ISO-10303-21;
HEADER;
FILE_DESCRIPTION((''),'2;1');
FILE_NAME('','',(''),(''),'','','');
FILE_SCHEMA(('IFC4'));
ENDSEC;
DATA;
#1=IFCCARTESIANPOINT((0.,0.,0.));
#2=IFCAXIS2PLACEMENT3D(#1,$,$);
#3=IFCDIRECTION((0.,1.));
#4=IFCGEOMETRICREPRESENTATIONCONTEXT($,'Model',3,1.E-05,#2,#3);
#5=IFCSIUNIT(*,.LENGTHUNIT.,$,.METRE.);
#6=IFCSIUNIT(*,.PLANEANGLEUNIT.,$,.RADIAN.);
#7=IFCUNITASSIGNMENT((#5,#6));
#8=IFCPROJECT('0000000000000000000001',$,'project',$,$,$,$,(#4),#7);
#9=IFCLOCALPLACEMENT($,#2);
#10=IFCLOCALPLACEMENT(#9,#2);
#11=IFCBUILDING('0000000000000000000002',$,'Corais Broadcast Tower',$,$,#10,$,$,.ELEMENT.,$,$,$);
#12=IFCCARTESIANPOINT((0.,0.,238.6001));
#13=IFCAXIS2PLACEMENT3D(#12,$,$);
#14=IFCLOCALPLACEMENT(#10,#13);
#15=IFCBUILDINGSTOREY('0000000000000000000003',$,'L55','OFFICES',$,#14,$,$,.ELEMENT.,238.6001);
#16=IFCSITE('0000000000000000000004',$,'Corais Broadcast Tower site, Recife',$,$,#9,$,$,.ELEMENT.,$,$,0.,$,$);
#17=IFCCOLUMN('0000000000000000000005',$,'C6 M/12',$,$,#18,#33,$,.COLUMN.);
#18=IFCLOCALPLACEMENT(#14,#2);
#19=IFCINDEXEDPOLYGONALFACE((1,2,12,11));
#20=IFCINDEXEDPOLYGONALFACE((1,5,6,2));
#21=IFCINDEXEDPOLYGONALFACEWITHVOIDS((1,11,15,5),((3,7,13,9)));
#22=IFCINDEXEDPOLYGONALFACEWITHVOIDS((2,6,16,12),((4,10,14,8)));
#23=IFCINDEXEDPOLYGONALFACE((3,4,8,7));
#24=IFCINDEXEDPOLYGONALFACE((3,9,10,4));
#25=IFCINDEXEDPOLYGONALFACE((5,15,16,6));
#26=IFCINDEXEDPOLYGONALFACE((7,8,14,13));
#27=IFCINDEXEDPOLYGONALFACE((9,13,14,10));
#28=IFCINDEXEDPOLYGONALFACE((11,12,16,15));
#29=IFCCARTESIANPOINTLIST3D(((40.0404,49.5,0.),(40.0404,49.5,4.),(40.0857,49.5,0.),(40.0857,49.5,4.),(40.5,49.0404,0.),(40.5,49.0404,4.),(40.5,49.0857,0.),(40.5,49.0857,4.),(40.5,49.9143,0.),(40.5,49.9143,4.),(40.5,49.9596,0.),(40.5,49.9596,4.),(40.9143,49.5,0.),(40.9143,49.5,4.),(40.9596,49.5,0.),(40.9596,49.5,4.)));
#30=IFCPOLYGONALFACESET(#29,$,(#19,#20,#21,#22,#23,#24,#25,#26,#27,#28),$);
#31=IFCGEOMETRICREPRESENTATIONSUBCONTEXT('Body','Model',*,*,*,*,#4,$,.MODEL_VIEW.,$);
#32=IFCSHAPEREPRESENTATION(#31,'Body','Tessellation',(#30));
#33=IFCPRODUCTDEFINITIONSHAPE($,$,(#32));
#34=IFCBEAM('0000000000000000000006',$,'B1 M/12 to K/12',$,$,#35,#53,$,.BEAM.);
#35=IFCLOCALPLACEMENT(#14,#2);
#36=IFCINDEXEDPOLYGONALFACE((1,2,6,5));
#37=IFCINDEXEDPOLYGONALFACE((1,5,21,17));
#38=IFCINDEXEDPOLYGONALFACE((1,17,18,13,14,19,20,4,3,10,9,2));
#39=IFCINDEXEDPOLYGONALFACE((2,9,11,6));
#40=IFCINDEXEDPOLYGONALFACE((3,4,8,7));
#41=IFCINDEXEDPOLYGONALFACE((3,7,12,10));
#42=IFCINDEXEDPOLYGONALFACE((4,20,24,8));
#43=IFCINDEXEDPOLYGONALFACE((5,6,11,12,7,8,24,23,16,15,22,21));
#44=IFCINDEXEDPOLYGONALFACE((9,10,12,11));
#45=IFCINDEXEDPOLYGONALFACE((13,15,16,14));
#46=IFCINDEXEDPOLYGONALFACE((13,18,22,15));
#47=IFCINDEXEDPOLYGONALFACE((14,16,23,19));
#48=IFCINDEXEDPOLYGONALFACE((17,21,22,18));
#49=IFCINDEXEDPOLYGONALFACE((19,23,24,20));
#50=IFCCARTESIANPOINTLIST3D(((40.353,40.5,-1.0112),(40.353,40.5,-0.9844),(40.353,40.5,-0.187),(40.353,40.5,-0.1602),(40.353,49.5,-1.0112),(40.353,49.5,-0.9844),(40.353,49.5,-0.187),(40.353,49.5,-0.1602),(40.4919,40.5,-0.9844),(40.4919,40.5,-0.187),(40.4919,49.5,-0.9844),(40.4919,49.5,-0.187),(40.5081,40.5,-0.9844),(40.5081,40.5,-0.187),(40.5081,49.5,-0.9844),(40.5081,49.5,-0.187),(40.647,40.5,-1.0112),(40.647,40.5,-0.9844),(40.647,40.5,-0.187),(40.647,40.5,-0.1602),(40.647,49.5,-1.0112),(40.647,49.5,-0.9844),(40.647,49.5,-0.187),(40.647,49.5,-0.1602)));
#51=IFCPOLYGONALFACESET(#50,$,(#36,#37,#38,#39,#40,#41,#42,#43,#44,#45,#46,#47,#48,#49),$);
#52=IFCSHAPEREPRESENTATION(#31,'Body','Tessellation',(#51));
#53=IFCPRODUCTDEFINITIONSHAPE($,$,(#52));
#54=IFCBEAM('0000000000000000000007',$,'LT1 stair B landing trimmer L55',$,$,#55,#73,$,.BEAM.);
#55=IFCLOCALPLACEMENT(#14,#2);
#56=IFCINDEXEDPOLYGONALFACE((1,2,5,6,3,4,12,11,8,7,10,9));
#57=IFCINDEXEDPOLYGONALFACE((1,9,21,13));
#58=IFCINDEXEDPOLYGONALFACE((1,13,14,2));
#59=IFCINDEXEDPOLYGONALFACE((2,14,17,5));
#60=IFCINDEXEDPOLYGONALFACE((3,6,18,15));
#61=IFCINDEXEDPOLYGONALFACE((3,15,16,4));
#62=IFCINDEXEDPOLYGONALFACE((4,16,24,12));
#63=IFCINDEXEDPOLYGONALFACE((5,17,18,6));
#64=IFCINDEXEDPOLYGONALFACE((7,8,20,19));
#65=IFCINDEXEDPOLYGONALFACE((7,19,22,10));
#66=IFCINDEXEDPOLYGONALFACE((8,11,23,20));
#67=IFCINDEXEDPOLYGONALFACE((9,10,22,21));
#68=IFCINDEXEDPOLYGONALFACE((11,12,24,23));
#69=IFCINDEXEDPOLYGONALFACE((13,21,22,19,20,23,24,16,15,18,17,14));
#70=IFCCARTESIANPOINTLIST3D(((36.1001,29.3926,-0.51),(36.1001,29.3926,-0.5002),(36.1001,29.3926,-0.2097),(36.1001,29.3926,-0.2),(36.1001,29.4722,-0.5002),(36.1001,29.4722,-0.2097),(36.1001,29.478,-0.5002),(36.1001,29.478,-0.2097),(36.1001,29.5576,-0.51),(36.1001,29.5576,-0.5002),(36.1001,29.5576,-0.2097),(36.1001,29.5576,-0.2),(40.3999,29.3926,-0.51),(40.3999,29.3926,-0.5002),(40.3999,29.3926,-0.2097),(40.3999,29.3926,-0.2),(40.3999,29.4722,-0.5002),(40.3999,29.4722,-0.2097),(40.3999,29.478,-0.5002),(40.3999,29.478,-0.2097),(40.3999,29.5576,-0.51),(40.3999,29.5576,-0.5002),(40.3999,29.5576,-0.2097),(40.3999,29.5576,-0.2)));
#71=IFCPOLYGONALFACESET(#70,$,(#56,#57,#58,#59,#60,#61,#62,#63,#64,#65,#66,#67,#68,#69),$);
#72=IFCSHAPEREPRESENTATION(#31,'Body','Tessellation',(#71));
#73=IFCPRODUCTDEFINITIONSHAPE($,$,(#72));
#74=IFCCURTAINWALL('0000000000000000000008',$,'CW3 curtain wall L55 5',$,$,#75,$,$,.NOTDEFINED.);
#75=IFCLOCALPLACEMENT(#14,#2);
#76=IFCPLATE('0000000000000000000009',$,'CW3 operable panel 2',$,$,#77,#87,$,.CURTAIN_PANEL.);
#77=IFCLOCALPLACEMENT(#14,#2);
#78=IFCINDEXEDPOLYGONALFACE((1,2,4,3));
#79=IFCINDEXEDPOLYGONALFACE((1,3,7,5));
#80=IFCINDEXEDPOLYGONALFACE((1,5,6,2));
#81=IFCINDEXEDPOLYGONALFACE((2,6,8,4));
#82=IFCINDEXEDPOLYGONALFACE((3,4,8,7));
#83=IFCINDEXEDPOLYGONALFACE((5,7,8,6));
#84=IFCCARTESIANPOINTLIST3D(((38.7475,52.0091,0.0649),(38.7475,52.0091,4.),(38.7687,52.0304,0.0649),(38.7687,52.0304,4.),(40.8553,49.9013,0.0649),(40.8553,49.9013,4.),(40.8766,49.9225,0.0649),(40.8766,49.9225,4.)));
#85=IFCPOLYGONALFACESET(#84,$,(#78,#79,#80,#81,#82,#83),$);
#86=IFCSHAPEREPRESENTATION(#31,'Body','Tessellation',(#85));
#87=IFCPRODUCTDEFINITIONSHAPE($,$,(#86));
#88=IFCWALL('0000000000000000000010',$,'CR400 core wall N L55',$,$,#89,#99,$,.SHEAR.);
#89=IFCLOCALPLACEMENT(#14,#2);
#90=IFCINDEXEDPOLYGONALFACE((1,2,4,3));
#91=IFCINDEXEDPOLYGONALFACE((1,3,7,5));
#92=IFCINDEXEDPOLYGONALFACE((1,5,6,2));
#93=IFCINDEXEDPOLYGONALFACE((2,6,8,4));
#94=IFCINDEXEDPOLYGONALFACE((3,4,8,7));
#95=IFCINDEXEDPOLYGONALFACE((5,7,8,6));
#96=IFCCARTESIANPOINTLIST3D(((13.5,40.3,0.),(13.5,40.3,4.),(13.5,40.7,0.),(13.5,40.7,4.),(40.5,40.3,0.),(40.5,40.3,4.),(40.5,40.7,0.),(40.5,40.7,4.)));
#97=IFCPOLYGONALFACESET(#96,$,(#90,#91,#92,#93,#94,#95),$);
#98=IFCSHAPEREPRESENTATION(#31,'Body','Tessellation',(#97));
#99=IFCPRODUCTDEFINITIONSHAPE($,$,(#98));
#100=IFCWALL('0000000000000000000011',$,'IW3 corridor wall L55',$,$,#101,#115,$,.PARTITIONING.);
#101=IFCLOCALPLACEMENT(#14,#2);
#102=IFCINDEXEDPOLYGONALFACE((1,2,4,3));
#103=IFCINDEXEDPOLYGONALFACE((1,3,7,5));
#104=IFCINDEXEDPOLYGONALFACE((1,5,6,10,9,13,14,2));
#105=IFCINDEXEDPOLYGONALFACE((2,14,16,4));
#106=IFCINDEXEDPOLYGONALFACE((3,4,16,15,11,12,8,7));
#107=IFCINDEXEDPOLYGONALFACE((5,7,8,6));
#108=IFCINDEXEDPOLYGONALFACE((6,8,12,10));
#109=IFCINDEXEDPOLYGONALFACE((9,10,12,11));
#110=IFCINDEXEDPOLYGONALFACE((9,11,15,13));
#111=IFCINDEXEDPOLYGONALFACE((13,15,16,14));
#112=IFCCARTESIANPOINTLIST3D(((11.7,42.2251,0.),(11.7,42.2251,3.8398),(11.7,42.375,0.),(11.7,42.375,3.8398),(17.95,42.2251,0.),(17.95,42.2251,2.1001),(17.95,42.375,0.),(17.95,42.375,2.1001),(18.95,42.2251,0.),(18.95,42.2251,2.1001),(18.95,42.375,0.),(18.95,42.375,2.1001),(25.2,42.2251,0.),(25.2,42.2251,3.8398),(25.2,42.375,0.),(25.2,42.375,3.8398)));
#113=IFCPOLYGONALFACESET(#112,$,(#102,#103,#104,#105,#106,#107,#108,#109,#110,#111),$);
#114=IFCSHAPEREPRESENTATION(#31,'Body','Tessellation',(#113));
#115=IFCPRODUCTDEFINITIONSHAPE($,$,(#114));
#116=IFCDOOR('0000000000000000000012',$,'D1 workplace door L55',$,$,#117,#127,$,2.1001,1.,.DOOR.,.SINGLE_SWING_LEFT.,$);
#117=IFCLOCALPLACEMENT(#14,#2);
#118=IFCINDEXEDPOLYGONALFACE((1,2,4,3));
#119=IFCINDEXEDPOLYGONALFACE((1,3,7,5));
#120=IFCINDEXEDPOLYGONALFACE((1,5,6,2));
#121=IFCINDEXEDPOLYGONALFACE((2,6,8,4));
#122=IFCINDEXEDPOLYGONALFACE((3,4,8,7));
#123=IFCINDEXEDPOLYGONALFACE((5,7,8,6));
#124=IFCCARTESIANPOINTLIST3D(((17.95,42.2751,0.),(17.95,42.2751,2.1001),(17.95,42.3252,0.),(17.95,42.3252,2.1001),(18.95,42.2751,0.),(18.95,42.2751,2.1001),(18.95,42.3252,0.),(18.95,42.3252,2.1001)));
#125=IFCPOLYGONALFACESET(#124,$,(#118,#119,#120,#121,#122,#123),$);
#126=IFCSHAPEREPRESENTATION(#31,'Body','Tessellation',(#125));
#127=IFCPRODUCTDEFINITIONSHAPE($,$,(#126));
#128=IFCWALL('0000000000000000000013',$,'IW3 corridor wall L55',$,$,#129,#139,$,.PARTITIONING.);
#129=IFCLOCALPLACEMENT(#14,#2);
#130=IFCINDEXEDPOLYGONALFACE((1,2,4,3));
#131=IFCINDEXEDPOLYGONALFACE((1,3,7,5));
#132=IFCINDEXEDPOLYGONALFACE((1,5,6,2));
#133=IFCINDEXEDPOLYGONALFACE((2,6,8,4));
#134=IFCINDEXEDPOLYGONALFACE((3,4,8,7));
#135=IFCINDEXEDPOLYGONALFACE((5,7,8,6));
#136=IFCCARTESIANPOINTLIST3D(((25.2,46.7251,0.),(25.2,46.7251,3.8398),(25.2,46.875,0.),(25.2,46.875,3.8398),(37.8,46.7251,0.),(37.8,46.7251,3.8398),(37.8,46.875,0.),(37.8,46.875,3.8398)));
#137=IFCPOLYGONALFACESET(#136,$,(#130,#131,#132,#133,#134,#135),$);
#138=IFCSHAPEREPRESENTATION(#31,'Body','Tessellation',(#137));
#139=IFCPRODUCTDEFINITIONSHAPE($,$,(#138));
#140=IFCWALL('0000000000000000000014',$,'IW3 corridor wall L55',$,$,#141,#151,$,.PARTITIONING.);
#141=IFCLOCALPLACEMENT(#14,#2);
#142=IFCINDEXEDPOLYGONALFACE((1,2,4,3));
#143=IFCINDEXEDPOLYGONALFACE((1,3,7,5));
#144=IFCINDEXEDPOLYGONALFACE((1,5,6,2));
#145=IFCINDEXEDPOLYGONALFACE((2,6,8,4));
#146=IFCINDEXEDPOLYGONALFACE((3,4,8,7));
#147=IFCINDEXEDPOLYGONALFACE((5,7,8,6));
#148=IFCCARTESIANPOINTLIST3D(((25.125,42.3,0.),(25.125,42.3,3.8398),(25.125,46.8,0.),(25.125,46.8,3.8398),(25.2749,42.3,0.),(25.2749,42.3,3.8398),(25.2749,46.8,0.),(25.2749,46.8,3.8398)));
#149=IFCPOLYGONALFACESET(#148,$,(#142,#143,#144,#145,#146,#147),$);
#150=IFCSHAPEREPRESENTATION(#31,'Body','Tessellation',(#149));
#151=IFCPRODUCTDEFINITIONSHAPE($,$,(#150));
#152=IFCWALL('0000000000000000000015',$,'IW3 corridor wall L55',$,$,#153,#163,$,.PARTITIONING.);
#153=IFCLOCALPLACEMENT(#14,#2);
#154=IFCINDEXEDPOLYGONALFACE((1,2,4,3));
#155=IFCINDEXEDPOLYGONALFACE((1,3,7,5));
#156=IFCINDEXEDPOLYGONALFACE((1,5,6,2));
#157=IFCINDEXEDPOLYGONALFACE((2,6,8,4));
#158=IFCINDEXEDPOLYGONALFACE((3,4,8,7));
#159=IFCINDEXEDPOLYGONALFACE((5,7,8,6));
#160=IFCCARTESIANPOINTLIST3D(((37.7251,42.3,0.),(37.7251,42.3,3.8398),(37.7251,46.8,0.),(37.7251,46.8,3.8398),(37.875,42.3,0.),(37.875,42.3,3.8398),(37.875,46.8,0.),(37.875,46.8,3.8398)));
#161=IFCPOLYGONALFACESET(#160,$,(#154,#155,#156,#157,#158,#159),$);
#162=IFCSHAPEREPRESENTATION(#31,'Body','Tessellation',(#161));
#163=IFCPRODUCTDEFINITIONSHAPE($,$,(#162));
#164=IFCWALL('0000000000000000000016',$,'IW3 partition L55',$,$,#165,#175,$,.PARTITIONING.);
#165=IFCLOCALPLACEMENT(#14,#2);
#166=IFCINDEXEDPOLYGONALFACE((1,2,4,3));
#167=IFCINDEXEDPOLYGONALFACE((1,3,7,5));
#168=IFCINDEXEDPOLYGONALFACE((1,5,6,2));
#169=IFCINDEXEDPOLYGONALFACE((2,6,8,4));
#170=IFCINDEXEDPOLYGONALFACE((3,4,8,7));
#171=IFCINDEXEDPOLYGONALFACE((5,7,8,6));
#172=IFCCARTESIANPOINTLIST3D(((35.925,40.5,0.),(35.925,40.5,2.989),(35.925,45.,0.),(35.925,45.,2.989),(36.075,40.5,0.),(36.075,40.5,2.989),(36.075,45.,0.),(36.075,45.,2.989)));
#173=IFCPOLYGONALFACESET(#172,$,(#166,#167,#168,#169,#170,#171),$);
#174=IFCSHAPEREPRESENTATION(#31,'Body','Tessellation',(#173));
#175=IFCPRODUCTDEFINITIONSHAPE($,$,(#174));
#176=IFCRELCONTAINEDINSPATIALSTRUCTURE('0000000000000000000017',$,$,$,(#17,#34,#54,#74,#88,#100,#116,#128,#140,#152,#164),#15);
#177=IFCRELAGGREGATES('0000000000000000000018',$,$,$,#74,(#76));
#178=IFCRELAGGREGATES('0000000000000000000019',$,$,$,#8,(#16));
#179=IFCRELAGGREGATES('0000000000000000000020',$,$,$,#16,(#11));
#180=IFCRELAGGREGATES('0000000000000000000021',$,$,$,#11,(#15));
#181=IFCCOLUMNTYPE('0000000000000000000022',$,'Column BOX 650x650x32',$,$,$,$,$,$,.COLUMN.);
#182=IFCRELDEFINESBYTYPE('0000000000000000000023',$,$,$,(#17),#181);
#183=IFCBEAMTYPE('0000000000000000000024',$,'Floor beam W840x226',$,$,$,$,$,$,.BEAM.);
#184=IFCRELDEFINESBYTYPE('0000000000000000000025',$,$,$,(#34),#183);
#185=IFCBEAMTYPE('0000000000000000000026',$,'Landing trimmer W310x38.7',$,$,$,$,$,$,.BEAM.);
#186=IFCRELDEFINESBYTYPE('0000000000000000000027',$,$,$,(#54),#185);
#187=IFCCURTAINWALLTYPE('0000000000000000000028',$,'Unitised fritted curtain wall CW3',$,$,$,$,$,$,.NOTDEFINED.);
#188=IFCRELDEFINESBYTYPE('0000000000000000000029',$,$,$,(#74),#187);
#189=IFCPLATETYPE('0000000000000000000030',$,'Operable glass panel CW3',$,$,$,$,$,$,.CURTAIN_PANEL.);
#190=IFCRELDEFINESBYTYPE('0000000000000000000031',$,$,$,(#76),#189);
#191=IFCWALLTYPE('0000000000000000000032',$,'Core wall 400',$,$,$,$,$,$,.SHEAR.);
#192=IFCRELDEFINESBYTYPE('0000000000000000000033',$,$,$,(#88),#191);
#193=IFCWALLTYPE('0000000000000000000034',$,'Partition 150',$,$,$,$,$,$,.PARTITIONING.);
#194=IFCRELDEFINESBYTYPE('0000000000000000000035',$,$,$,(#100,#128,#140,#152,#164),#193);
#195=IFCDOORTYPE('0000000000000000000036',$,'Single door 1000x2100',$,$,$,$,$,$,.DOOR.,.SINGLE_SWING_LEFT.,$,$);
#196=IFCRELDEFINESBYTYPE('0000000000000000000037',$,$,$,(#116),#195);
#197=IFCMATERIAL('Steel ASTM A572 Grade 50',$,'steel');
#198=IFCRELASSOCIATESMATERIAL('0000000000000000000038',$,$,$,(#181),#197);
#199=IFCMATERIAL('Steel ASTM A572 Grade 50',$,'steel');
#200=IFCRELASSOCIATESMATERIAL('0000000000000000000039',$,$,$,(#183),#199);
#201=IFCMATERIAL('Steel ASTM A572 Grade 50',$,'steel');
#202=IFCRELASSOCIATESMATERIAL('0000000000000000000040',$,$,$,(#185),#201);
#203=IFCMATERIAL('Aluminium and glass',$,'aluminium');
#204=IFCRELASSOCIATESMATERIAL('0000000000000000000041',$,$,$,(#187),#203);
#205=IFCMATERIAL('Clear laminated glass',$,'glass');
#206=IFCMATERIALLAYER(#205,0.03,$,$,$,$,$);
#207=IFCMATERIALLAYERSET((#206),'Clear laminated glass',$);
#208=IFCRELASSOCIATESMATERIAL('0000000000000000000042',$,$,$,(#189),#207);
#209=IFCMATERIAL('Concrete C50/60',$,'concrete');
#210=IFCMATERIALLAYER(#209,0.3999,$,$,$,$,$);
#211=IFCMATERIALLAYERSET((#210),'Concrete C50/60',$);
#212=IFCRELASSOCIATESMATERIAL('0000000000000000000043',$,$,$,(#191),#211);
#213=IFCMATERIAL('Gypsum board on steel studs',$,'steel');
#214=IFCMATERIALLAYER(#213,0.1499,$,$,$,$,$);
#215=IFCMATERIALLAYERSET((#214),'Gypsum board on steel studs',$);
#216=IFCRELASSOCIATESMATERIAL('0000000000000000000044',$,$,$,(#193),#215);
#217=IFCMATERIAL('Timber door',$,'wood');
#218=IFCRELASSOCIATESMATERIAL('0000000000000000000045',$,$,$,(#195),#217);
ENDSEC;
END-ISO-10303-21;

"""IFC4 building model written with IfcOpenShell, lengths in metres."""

from ifc_helpers import new_model, si_unit, direction, frame, frame_2d, origin, origin_2d, place, context, subcontext, project, spatial, rectangle, hollow_rectangle, i_section, extrude, material, layer, layer_set, material_profile, profile_set, type_object, element, fill, aggregate, save


model = new_model("IFC4")

# Units and contexts
model_context = context("Model", 3, precision=1e-05, world=origin(), true_north=direction((0.0, 1.0)))
body_context = subcontext(model_context, "Body", "Model", "MODEL_VIEW")
ifc_project = project(units=[si_unit("LENGTHUNIT", "METRE"), si_unit("PLANEANGLEUNIT", "RADIAN")], contexts=[model_context])

# Site, building, storey
site_placement = place(None, origin())
site = spatial("IfcSite", under=ifc_project, at=site_placement, Name="Corais Broadcast Tower site, Recife", CompositionType="ELEMENT", RefElevation=0.0)
building_placement = place(site_placement, origin())
building = spatial("IfcBuilding", under=site, at=building_placement, Name="Corais Broadcast Tower", CompositionType="ELEMENT")
storey_placement = place(building_placement, frame((0.0, 0.0, 238.6001)))
storey = spatial("IfcBuildingStorey", under=building, at=storey_placement, Name="L55", Description="OFFICES", CompositionType="ELEMENT", Elevation=238.6001)

# Column
ifc_material_1 = material(Name="Steel ASTM A572 Grade 50", Category="steel")
ifc_material_profile_1 = material_profile(ifc_material_1, hollow_rectangle(XDim=0.6499, YDim=0.6499, WallThickness=0.032, at=origin_2d()), Name="BOX 650x650x32")
ifc_profile_set_1 = profile_set([ifc_material_profile_1], Name="Steel ASTM A572 Grade 50")
column_type = type_object("IfcColumnType", Name="Column BOX 650x650x32", PredefinedType="COLUMN", material=ifc_profile_set_1)
column_placement = place(storey_placement, frame((40.5, 49.5, 0.0), z_axis=(0.0, 0.0, 1.0), x_axis=(0.707107, 0.707107, 0.0)))
element("IfcColumn", 1, at=column_placement, inside=storey, type_object=column_type, Name="C6 M/12", PredefinedType="COLUMN", context=body_context, shape_type="SweptSolid", body=[
    extrude(hollow_rectangle(XDim=0.6499, YDim=0.6499, WallThickness=0.032, at=origin_2d()), origin(), (0.0, 0.0, 1.0), 4.0),
])

# Beams
ifc_material_2 = material(Name="Steel ASTM A572 Grade 50", Category="steel")
ifc_material_profile_2 = material_profile(ifc_material_2, i_section(OverallWidth=0.2939, OverallDepth=0.8511, WebThickness=0.0161, FlangeThickness=0.0269, at=origin_2d()), Name="W840x226")
ifc_profile_set_2 = profile_set([ifc_material_profile_2], Name="Steel ASTM A572 Grade 50")
beam_type_1 = type_object("IfcBeamType", Name="Floor beam W840x226", PredefinedType="BEAM", material=ifc_profile_set_2)
beam_1_placement = place(storey_placement, frame((40.5, 49.5, -0.5857), z_axis=(0.0, -1.0, 0.0), x_axis=(1.0, 0.0, 0.0)))
element("IfcBeam", 2, at=beam_1_placement, inside=storey, type_object=beam_type_1, Name="B1 M/12 to K/12", PredefinedType="BEAM", context=body_context, shape_type="SweptSolid", body=[
    extrude(i_section(OverallWidth=0.2939, OverallDepth=0.8511, WebThickness=0.0161, FlangeThickness=0.0269, at=origin_2d()), origin(), (0.0, 0.0, 1.0), 9.0),
])
ifc_material_3 = material(Name="Steel ASTM A572 Grade 50", Category="steel")
ifc_material_profile_3 = material_profile(ifc_material_3, i_section(OverallWidth=0.165, OverallDepth=0.3101, WebThickness=0.0059, FlangeThickness=0.0098, at=origin_2d()), Name="W310x38.7")
ifc_profile_set_3 = profile_set([ifc_material_profile_3], Name="Steel ASTM A572 Grade 50")
beam_type_2 = type_object("IfcBeamType", Name="Landing trimmer W310x38.7", PredefinedType="BEAM", material=ifc_profile_set_3)
beam_2_placement = place(storey_placement, frame((36.1001, 29.4751, -0.355), z_axis=(1.0, 0.0, 0.0), x_axis=(0.0, 1.0, 0.0)))
element("IfcBeam", 3, at=beam_2_placement, inside=storey, type_object=beam_type_2, Name="LT1 stair B landing trimmer L55", PredefinedType="BEAM", context=body_context, shape_type="SweptSolid", body=[
    extrude(i_section(OverallWidth=0.165, OverallDepth=0.3101, WebThickness=0.0059, FlangeThickness=0.0098, at=origin_2d()), origin(), (0.0, 0.0, 1.0), 4.2998),
])

# Curtain wall, plate
ifc_material_4 = material(Name="Aluminium and glass", Category="aluminium")
curtain_wall_type = type_object("IfcCurtainWallType", Name="Unitised fritted curtain wall CW3", PredefinedType="NOTDEFINED", material=ifc_material_4)
curtain_wall_placement = place(storey_placement, origin())
curtain_wall = element("IfcCurtainWall", 4, at=curtain_wall_placement, inside=storey, type_object=curtain_wall_type, Name="CW3 curtain wall L55 5", PredefinedType="NOTDEFINED")
ifc_material_5 = material(Name="Clear laminated glass", Category="glass")
ifc_layer_1 = layer(ifc_material_5, 0.03)
ifc_layer_set_1 = layer_set([ifc_layer_1], Name="Clear laminated glass")
plate_type = type_object("IfcPlateType", Name="Operable glass panel CW3", PredefinedType="CURTAIN_PANEL", material=ifc_layer_set_1)
plate_placement = place(storey_placement, frame((39.812, 50.9658, 0.0649), z_axis=(0.0, 0.0, 1.0), x_axis=(0.707107, -0.707107, 0.0)))
plate = element("IfcPlate", 5, at=plate_placement, type_object=plate_type, Name="CW3 operable panel 2", PredefinedType="CURTAIN_PANEL", context=body_context, shape_type="SweptSolid", body=[
    extrude(rectangle(XDim=2.981, YDim=0.03, at=origin_2d()), origin(), (0.0, 0.0, 1.0), 3.9351),
])
aggregate(curtain_wall, [plate])

# Wall
ifc_material_6 = material(Name="Concrete C50/60", Category="concrete")
ifc_layer_2 = layer(ifc_material_6, 0.3999)
ifc_layer_set_2 = layer_set([ifc_layer_2], Name="Concrete C50/60")
wall_type_1 = type_object("IfcWallType", Name="Core wall 400", PredefinedType="SHEAR", material=ifc_layer_set_2)
wall_1_placement = place(storey_placement, frame((40.5, 40.5, 0.0), z_axis=(0.0, 0.0, 1.0), x_axis=(-1.0, 0.0, 0.0)))
element("IfcWall", 6, at=wall_1_placement, inside=storey, type_object=wall_type_1, Name="CR400 core wall N L55", PredefinedType="SHEAR", context=body_context, shape_type="SweptSolid", body=[
    extrude(rectangle(XDim=27.0, YDim=0.3999, at=frame_2d((13.5, 0.0))), origin(), (0.0, 0.0, 1.0), 4.0),
])

# Wall, opening, door
ifc_material_7 = material(Name="Gypsum board on steel studs", Category="steel")
ifc_layer_3 = layer(ifc_material_7, 0.1499)
ifc_layer_set_3 = layer_set([ifc_layer_3], Name="Gypsum board on steel studs")
wall_type_2 = type_object("IfcWallType", Name="Partition 150", PredefinedType="PARTITIONING", material=ifc_layer_set_3)
wall_2_placement = place(storey_placement, frame((25.2, 42.3, 0.0), z_axis=(0.0, 0.0, 1.0), x_axis=(-1.0, 0.0, 0.0)))
wall_2 = element("IfcWall", 7, at=wall_2_placement, inside=storey, type_object=wall_type_2, Name="IW3 corridor wall L55", PredefinedType="PARTITIONING", context=body_context, shape_type="SweptSolid", body=[
    extrude(rectangle(XDim=13.5, YDim=0.1499, at=frame_2d((6.75, 0.0))), origin(), (0.0, 0.0, 1.0), 3.8398),
])
opening_1_placement = place(wall_2_placement, frame((6.25, 0.0, 0.0)))
opening_1 = element("IfcOpeningElement", 8, at=opening_1_placement, cuts=wall_2, PredefinedType="OPENING", context=body_context, shape_type="SweptSolid", body=[
    extrude(rectangle(XDim=1.0, YDim=2.1001, at=frame_2d((0.5, 1.05))), frame((0.0, 0.085, 0.0), z_axis=(0.0, -1.0, 0.0), x_axis=(1.0, 0.0, 0.0)), (0.0, 0.0, 1.0), 0.1699),
])
ifc_material_8 = material(Name="Timber door", Category="wood")
door_type = type_object("IfcDoorType", Name="Single door 1000x2100", OperationType="SINGLE_SWING_LEFT", PredefinedType="DOOR", material=ifc_material_8)
door_1_placement = place(opening_1_placement, origin())
door_1 = element("IfcDoor", 9, at=door_1_placement, inside=storey, type_object=door_type, Name="D1 workplace door L55", OperationType="SINGLE_SWING_LEFT", OverallHeight=2.1001, OverallWidth=1.0, PredefinedType="DOOR", context=body_context, shape_type="SweptSolid", body=[
    extrude(rectangle(XDim=1.0, YDim=2.1001, at=frame_2d((0.5, 1.05))), frame((0.0, 0.0249, 0.0), z_axis=(0.0, -1.0, 0.0), x_axis=(1.0, 0.0, 0.0)), (0.0, 0.0, 1.0), 0.05),
])
fill(opening_1, door_1)

# Walls
wall_3_placement = place(storey_placement, frame((37.8, 46.8, 0.0), z_axis=(0.0, 0.0, 1.0), x_axis=(-1.0, 0.0, 0.0)))
element("IfcWall", 10, at=wall_3_placement, inside=storey, type_object=wall_type_2, Name="IW3 corridor wall L55", PredefinedType="PARTITIONING", context=body_context, shape_type="SweptSolid", body=[
    extrude(rectangle(XDim=12.6001, YDim=0.1499, at=frame_2d((6.3, 0.0))), origin(), (0.0, 0.0, 1.0), 3.8398),
])
for number, where, z_axis, x_axis, name in (
    (11, (25.2, 46.8, 0.0), (0.0, 0.0, 1.0), (0.0, -1.0, 0.0), "IW3 corridor wall L55"),
    (12, (37.8, 42.3, 0.0), (0.0, 0.0, 1.0), (0.0, 1.0, 0.0), "IW3 corridor wall L55"),
):
    element("IfcWall", number, at=place(storey_placement, frame(where, z_axis=z_axis, x_axis=x_axis)), inside=storey, type_object=wall_type_2, Name=name, PredefinedType="PARTITIONING", context=body_context, shape_type="SweptSolid", body=[
        extrude(rectangle(XDim=4.5, YDim=0.1499, at=frame_2d((2.25, 0.0))), origin(), (0.0, 0.0, 1.0), 3.8398),
    ])
wall_4_placement = place(storey_placement, frame((36.0, 40.5, 0.0), z_axis=(0.0, 0.0, 1.0), x_axis=(0.0, 1.0, 0.0)))
element("IfcWall", 13, at=wall_4_placement, inside=storey, type_object=wall_type_2, Name="IW3 partition L55", PredefinedType="PARTITIONING", context=body_context, shape_type="SweptSolid", body=[
    extrude(rectangle(XDim=4.5, YDim=0.1499, at=frame_2d((2.25, 0.0))), origin(), (0.0, 0.0, 1.0), 2.989),
])

save(model, "model.ifc")
